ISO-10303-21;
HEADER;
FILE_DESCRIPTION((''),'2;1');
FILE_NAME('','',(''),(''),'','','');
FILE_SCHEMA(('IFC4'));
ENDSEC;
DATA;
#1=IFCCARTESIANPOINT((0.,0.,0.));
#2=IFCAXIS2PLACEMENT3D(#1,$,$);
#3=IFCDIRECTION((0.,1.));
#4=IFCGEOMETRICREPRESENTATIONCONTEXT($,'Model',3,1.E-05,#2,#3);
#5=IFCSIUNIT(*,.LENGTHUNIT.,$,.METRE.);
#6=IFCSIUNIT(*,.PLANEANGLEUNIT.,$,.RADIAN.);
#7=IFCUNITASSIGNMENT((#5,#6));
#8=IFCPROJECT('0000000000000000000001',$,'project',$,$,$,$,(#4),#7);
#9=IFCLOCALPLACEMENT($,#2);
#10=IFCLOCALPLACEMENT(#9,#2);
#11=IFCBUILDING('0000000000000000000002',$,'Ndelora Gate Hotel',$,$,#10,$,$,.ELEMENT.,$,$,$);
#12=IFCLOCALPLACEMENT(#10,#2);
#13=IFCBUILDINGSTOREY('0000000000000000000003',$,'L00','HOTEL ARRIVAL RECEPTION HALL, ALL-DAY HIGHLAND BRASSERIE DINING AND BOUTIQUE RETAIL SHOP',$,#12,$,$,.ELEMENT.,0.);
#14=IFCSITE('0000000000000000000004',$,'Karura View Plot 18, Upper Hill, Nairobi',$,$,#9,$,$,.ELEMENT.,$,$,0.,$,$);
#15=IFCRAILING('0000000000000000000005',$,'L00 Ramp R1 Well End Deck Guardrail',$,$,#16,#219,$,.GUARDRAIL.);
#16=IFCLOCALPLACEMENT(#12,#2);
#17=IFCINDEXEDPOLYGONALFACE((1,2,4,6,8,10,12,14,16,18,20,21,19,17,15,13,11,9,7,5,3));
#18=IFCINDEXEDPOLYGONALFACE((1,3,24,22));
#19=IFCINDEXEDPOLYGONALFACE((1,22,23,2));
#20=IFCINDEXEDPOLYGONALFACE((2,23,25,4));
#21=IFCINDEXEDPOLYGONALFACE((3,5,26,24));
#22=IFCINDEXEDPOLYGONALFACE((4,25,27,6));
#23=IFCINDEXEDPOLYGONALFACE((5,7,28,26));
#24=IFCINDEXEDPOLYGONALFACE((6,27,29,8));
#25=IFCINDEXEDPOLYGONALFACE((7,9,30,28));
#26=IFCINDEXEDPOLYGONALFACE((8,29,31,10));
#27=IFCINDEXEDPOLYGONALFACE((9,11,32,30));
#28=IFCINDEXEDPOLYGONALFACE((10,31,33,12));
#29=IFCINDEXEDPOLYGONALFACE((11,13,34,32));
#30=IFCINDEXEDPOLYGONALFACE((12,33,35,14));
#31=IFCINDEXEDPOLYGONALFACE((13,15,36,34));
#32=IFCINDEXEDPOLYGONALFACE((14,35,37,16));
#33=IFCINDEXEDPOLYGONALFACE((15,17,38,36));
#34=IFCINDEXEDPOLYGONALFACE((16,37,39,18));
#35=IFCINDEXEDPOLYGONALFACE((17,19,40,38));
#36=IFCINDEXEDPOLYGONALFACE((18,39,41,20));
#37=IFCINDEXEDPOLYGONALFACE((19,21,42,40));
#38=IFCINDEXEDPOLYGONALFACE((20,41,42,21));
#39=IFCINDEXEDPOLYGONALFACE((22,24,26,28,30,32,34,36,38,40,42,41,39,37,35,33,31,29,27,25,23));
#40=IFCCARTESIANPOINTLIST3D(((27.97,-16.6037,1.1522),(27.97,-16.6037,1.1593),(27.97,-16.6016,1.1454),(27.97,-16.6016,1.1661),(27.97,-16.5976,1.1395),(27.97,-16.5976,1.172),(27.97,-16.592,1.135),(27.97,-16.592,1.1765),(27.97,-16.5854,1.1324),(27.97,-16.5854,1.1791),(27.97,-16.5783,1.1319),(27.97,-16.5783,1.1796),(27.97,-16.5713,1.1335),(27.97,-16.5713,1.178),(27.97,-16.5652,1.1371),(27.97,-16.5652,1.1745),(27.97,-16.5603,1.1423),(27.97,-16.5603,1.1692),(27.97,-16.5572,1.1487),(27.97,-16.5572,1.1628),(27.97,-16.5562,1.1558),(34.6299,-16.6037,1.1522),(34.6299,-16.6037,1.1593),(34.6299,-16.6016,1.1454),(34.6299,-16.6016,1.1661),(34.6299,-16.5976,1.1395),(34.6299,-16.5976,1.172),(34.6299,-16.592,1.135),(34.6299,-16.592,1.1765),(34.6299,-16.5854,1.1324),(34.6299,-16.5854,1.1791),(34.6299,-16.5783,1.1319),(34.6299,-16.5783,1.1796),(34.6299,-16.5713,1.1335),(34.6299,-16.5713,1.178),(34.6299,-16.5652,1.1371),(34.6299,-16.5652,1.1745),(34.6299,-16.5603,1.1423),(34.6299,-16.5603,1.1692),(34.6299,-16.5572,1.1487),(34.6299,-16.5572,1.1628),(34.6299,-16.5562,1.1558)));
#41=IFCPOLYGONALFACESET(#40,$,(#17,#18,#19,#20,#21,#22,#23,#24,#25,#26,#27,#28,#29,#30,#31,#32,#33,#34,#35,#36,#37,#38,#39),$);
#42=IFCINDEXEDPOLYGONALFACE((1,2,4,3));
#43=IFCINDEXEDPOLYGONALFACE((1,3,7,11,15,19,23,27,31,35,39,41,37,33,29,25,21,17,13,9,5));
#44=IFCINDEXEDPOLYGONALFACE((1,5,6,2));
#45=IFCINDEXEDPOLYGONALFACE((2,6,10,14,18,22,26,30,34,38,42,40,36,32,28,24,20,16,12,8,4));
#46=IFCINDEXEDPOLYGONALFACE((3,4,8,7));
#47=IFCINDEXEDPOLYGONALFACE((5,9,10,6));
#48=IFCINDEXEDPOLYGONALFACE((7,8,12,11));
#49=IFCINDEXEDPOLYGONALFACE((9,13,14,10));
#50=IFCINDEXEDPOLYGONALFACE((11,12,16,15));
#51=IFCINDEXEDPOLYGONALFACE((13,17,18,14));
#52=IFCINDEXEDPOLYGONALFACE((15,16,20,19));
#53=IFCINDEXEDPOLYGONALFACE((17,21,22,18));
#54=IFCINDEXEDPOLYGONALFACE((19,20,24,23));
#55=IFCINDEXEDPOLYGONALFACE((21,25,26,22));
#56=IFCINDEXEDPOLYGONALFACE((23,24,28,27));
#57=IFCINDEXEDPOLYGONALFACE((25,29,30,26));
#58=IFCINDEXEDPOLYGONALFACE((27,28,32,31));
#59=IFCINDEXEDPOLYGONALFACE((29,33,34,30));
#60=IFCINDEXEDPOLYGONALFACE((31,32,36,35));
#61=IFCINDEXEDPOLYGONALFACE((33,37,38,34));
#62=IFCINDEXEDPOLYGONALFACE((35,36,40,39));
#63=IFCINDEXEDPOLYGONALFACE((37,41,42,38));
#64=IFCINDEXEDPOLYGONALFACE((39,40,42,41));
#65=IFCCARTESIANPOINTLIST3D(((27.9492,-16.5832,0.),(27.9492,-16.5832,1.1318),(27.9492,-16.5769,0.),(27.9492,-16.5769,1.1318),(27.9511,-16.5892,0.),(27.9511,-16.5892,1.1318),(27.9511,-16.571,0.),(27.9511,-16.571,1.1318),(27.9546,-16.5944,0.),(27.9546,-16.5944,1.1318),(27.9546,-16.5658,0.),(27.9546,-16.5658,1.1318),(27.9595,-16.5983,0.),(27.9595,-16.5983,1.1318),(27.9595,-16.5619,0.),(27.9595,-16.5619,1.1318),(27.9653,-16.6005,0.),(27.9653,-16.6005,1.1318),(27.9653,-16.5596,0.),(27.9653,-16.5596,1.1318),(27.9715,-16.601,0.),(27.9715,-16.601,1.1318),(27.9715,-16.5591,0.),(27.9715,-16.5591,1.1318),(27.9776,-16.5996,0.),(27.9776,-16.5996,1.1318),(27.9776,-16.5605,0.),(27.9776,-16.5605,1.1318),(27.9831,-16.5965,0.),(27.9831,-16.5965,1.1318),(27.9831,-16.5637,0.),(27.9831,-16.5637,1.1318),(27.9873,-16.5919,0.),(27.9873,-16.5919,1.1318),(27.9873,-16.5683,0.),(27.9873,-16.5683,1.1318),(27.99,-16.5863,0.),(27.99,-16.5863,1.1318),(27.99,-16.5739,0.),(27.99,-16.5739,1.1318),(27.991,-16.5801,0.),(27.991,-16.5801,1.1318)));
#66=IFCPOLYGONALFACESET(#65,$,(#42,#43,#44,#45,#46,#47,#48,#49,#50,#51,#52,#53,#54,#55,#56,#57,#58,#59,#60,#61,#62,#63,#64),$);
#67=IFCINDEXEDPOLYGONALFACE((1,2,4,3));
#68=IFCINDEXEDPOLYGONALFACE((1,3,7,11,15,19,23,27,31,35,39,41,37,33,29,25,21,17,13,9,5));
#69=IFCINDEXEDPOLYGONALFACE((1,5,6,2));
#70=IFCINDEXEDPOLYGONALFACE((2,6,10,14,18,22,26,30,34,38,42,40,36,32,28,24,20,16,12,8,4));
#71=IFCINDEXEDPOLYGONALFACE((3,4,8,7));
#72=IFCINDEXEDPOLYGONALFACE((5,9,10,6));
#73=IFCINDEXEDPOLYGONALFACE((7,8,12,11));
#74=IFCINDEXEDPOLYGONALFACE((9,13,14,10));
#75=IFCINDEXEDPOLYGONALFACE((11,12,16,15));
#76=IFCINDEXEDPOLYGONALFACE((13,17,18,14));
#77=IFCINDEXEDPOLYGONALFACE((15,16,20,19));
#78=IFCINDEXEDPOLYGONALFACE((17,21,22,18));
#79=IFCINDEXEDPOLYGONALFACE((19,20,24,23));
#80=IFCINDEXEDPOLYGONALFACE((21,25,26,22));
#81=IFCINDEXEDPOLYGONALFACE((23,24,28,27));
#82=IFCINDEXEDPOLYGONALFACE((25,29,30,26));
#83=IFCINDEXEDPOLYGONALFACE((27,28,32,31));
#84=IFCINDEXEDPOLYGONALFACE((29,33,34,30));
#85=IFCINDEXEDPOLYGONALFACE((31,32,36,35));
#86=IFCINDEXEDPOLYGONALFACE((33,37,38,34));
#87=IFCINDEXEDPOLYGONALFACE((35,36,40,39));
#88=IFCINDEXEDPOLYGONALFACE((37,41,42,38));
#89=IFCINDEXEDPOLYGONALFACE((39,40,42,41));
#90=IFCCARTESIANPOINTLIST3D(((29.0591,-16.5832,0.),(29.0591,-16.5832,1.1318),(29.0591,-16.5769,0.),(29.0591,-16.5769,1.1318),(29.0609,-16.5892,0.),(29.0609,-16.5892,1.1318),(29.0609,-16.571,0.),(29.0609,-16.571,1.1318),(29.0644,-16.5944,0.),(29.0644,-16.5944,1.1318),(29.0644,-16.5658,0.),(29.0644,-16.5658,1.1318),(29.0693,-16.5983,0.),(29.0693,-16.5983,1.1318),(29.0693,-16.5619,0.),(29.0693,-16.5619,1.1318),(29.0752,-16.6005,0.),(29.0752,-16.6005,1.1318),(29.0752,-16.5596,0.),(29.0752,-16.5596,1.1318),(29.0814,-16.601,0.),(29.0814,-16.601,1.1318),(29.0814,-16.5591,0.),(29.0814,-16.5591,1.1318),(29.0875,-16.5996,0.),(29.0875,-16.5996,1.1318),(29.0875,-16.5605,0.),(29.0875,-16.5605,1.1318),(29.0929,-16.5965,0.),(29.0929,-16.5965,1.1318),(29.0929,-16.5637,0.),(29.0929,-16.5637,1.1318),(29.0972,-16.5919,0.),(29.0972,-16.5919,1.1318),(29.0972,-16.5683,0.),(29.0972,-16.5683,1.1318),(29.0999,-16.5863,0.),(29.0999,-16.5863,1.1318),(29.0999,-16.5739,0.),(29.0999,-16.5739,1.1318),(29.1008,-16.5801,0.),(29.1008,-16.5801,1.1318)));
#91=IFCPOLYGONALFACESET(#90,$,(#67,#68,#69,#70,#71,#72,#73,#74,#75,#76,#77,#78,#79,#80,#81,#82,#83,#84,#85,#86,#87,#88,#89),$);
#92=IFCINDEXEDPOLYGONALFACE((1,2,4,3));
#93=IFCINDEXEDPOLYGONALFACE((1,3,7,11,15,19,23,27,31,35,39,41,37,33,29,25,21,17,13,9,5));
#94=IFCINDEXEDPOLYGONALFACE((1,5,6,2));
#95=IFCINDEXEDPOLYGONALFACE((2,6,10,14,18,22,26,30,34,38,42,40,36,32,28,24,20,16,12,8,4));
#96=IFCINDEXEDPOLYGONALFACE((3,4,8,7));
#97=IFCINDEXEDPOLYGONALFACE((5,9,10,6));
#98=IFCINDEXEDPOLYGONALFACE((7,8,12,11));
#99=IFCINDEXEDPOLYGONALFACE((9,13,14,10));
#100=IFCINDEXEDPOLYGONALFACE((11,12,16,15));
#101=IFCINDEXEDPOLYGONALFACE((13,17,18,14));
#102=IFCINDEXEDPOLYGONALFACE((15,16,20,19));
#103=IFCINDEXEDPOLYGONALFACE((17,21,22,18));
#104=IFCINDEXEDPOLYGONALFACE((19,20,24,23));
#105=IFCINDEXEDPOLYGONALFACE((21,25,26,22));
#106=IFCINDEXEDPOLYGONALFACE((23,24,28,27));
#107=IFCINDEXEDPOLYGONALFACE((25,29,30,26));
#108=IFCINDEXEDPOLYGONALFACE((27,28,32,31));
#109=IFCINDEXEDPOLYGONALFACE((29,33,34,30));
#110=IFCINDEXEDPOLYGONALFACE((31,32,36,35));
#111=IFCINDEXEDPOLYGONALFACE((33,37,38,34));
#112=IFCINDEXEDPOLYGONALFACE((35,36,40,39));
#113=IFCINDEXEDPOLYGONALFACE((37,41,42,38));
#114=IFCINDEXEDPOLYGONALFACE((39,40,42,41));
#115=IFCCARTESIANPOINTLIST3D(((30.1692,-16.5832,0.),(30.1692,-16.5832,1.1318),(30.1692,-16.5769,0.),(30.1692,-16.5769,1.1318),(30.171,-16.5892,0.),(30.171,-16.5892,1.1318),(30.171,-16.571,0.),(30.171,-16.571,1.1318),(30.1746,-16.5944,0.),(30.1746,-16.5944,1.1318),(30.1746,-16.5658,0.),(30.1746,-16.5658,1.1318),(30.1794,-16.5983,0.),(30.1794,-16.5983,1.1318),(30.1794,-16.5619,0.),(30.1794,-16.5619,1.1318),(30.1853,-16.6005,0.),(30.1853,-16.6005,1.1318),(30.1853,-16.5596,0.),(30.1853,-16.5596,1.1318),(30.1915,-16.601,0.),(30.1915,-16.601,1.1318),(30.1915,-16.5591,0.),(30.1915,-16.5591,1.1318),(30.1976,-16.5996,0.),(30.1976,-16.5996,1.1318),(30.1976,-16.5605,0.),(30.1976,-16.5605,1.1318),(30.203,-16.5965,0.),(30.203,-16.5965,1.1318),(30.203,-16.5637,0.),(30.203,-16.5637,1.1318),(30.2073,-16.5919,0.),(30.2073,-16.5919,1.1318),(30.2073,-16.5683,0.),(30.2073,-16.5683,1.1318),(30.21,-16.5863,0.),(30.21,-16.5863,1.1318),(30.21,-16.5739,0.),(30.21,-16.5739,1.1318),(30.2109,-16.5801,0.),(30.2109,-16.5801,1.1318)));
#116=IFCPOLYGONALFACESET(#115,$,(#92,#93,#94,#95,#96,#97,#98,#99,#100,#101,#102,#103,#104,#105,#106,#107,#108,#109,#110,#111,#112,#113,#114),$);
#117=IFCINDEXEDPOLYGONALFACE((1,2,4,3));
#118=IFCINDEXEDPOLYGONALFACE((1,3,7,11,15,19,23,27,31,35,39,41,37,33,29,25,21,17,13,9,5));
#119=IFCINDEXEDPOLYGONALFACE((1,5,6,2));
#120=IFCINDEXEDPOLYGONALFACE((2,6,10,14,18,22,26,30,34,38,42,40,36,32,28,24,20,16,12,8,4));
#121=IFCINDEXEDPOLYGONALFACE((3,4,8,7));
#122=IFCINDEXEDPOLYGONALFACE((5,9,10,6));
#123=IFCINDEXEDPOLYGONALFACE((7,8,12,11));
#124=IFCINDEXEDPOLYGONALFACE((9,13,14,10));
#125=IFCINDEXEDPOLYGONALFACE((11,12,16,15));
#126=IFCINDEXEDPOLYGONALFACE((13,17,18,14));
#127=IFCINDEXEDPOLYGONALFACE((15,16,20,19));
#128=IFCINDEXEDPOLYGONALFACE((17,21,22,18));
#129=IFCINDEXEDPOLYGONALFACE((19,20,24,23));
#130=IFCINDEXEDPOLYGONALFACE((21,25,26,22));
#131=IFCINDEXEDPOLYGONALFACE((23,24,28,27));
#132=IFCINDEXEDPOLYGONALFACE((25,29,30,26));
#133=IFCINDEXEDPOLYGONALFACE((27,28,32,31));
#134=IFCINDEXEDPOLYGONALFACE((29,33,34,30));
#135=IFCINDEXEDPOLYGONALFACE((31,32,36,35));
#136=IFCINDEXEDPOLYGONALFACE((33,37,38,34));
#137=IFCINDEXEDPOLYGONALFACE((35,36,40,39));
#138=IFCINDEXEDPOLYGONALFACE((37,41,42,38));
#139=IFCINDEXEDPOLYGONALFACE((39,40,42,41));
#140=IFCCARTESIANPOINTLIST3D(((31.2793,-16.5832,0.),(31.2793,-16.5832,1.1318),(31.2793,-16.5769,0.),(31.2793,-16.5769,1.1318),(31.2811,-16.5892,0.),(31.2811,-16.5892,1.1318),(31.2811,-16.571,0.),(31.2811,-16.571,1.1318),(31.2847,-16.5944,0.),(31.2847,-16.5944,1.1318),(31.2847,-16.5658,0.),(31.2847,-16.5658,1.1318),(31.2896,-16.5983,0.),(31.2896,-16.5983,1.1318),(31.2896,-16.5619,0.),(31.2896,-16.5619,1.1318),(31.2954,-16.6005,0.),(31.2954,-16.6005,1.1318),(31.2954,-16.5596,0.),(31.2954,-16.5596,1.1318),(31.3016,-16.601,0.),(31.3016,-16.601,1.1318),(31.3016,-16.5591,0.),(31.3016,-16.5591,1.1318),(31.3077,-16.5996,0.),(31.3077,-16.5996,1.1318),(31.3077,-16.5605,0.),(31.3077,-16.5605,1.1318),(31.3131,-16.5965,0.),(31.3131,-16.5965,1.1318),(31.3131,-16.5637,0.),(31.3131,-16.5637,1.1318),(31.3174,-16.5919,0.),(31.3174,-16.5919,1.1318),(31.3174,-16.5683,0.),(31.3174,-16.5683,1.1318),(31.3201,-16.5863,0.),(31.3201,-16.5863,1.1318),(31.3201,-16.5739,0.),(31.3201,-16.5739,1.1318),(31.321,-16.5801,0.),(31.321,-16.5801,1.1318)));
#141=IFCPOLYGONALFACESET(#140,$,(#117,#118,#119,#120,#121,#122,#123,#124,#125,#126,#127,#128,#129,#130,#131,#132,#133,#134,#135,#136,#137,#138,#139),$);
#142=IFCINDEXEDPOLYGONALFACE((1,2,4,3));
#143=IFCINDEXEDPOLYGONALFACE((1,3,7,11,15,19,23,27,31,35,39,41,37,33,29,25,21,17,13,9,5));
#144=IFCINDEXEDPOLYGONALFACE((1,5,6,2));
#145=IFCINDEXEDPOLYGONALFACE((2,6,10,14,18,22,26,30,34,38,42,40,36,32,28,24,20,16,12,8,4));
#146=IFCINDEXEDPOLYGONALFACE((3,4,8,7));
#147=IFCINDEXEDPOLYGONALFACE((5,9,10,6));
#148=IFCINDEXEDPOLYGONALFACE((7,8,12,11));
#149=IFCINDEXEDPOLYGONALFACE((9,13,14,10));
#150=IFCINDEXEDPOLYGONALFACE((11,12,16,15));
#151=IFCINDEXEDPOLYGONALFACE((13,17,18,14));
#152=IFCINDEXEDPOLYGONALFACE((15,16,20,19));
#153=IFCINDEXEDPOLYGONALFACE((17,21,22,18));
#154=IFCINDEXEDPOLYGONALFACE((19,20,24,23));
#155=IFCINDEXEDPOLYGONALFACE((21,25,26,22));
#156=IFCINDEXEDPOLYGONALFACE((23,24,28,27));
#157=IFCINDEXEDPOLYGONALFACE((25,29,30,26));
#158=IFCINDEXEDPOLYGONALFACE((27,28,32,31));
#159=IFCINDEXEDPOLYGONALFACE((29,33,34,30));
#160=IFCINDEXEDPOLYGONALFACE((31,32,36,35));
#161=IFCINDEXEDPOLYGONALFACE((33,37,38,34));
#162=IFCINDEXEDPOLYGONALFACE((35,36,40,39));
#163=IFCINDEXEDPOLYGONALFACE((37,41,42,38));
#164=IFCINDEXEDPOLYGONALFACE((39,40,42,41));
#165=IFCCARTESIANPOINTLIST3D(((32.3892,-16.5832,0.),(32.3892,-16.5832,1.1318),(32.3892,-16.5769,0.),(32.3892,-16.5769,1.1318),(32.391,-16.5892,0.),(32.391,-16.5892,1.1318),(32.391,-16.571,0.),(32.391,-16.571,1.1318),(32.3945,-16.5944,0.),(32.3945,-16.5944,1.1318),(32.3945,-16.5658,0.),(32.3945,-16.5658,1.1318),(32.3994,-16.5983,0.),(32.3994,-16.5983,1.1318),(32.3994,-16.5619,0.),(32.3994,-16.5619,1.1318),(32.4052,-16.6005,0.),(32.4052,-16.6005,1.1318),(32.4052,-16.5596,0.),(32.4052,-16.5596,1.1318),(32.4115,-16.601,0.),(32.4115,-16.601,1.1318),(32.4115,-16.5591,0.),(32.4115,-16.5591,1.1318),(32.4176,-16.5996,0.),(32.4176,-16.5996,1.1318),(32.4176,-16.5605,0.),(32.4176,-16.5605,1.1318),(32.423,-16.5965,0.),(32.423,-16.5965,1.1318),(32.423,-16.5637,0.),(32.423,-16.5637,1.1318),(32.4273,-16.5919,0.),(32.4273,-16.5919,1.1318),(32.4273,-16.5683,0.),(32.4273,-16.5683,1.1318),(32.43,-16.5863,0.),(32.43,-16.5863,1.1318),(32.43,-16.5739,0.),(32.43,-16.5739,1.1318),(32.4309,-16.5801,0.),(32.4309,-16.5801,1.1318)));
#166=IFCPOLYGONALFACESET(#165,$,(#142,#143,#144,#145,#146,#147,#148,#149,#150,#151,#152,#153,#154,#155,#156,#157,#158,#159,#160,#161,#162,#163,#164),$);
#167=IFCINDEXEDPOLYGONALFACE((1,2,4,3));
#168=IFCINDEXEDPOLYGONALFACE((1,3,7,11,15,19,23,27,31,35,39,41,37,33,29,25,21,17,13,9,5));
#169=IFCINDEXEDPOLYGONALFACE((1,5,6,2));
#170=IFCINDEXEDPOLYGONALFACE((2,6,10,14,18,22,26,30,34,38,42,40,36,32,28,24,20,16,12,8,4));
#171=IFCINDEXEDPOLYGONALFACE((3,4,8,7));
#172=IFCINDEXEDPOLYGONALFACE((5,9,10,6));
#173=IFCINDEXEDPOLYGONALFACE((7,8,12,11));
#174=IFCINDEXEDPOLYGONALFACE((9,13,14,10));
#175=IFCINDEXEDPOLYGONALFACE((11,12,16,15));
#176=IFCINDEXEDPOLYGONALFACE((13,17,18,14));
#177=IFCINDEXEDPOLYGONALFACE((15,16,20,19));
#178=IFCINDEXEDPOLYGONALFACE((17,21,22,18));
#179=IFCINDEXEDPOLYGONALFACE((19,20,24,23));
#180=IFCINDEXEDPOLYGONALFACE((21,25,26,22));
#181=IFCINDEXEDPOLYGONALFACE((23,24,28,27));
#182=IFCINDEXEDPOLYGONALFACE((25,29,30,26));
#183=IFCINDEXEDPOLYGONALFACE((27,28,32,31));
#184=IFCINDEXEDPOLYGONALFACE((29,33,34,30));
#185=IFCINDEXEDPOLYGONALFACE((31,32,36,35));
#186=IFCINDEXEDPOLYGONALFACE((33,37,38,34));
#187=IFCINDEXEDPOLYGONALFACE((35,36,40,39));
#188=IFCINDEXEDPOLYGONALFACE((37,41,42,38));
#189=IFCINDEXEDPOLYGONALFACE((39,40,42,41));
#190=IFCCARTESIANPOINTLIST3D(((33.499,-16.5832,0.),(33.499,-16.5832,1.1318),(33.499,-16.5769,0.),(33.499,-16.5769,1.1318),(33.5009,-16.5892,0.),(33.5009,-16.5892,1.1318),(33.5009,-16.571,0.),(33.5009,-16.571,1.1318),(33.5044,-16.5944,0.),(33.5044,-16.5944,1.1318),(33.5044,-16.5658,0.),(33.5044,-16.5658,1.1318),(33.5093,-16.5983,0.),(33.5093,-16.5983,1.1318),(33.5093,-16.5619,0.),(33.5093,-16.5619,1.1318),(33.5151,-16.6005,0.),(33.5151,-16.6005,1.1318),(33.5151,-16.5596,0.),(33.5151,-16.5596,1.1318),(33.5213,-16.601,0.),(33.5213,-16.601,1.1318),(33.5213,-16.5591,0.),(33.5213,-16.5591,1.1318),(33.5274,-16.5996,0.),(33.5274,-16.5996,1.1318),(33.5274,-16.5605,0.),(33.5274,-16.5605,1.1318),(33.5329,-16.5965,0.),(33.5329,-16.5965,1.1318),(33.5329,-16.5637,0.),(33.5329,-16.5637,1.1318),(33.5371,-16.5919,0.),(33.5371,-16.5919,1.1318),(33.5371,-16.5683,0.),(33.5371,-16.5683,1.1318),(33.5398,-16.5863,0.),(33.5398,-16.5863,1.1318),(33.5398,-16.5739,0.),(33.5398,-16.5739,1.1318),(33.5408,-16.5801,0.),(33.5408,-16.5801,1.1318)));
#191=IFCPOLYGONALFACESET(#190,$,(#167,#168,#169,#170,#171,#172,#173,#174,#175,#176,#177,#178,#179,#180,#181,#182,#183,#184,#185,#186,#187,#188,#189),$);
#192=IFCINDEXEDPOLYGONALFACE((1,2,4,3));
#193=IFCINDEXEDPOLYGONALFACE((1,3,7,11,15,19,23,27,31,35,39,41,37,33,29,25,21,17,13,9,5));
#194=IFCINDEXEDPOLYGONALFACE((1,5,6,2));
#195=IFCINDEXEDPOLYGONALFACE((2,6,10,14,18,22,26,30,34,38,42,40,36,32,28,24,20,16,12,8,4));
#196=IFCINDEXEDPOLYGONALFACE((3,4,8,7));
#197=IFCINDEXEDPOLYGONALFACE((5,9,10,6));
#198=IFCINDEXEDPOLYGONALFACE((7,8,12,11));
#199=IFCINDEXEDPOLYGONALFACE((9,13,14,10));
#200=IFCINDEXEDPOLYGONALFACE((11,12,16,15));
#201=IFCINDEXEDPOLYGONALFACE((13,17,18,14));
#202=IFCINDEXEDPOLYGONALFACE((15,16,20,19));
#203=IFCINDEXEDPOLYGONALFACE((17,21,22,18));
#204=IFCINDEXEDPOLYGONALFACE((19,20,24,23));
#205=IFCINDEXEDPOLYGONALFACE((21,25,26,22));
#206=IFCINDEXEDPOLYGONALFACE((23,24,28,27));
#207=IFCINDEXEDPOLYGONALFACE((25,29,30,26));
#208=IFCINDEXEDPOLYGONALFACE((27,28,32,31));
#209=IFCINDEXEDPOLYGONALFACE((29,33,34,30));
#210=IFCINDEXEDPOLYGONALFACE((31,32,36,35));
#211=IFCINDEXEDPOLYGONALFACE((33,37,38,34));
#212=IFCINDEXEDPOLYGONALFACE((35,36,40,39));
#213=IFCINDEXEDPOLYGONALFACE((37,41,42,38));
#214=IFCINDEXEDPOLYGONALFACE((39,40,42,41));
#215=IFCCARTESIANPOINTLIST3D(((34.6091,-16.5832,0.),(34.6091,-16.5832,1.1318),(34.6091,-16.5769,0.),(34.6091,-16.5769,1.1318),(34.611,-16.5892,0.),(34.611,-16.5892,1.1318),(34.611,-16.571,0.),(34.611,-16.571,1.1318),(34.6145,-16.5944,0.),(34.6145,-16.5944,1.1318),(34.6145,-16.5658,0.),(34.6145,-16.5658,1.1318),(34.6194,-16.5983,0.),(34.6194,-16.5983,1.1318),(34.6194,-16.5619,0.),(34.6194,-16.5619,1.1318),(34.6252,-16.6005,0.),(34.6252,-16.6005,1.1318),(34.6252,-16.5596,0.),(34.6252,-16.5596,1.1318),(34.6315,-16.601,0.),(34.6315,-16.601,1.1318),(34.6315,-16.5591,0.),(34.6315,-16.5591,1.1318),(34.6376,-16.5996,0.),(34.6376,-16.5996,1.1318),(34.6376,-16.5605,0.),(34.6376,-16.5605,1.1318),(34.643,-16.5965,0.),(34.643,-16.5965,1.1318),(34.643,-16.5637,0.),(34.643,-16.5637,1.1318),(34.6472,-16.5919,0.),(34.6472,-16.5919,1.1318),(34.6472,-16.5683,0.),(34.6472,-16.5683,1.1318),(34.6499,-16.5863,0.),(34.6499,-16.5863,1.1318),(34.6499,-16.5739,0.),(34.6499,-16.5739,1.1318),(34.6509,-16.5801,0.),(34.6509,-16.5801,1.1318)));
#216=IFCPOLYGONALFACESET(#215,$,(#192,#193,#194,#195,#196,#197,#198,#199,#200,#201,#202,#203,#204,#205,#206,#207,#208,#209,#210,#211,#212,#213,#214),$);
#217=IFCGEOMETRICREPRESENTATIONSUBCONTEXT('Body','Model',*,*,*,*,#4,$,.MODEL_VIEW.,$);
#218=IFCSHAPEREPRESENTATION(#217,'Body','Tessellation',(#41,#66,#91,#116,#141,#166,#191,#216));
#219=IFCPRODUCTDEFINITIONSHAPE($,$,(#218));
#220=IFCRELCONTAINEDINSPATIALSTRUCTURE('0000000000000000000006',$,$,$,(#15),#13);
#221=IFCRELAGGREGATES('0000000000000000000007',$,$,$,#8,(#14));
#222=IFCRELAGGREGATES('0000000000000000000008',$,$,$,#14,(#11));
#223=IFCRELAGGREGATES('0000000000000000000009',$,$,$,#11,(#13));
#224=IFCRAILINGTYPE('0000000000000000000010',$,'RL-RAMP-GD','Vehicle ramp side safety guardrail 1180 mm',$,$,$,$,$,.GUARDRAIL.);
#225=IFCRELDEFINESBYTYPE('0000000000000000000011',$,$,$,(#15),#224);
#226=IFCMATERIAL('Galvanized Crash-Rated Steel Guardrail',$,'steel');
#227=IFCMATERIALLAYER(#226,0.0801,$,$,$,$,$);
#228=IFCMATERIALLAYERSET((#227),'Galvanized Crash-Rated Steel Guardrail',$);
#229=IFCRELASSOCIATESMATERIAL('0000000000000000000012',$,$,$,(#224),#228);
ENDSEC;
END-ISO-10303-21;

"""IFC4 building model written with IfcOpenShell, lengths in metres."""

from ifc_helpers import new_model, si_unit, direction, frame, origin, origin_2d, place, context, subcontext, project, spatial, circle, extrude, material, layer, layer_set, type_object, element, save


model = new_model("IFC4")

# Units and contexts
model_context = context("Model", 3, precision=1e-05, world=origin(), true_north=direction((0.0, 1.0)))
body_context = subcontext(model_context, "Body", "Model", "MODEL_VIEW")
ifc_project = project(units=[si_unit("LENGTHUNIT", "METRE"), si_unit("PLANEANGLEUNIT", "RADIAN")], contexts=[model_context])

# Site, building, storey
site_placement = place(None, origin())
site = spatial("IfcSite", under=ifc_project, at=site_placement, Name="Karura View Plot 18, Upper Hill, Nairobi", CompositionType="ELEMENT", RefElevation=0.0)
building_placement = place(site_placement, origin())
building = spatial("IfcBuilding", under=site, at=building_placement, Name="Ndelora Gate Hotel", CompositionType="ELEMENT")
storey_placement = place(building_placement, origin())
storey = spatial("IfcBuildingStorey", under=building, at=storey_placement, Name="L00", Description="HOTEL ARRIVAL RECEPTION HALL, ALL-DAY HIGHLAND BRASSERIE DINING AND BOUTIQUE RETAIL SHOP", CompositionType="ELEMENT", Elevation=0.0)

# Railing
ifc_material_1 = material(Name="Galvanized Crash-Rated Steel Guardrail", Category="steel")
ifc_layer_1 = layer(ifc_material_1, 0.0801)
ifc_layer_set_1 = layer_set([ifc_layer_1], Name="Galvanized Crash-Rated Steel Guardrail")
railing_type = type_object("IfcRailingType", Name="RL-RAMP-GD", Description="Vehicle ramp side safety guardrail 1180 mm", PredefinedType="GUARDRAIL", material=ifc_layer_set_1)
railing_1_placement = place(storey_placement, frame((27.97, -16.5801, 0.0)))
element("IfcRailing", 1, at=railing_1_placement, inside=storey, type_object=railing_type, Name="L00 Ramp R1 Well End Deck Guardrail", PredefinedType="GUARDRAIL", context=body_context, shape_type="SweptSolid", body=[
    extrude(circle(Radius=0.0239, at=origin_2d()), frame((0.0, 0.0, 1.1558), z_axis=(1.0, 0.0, 0.0), x_axis=(0.0, 1.0, 0.0)), (0.0, 0.0, 1.0), 6.6599),
    extrude(circle(Radius=0.021, at=origin_2d()), origin(), (0.0, 0.0, 1.0), 1.1318),
    extrude(circle(Radius=0.021, at=origin_2d()), frame((1.1099, 0.0, 0.0)), (0.0, 0.0, 1.0), 1.1318),
    extrude(circle(Radius=0.021, at=origin_2d()), frame((2.22, 0.0, 0.0)), (0.0, 0.0, 1.0), 1.1318),
    extrude(circle(Radius=0.021, at=origin_2d()), frame((3.3301, 0.0, 0.0)), (0.0, 0.0, 1.0), 1.1318),
    extrude(circle(Radius=0.021, at=origin_2d()), frame((4.4399, 0.0, 0.0)), (0.0, 0.0, 1.0), 1.1318),
    extrude(circle(Radius=0.021, at=origin_2d()), frame((5.5498, 0.0, 0.0)), (0.0, 0.0, 1.0), 1.1318),
    extrude(circle(Radius=0.021, at=origin_2d()), frame((6.6599, 0.0, 0.0)), (0.0, 0.0, 1.0), 1.1318),
])

save(model, "model.ifc")
